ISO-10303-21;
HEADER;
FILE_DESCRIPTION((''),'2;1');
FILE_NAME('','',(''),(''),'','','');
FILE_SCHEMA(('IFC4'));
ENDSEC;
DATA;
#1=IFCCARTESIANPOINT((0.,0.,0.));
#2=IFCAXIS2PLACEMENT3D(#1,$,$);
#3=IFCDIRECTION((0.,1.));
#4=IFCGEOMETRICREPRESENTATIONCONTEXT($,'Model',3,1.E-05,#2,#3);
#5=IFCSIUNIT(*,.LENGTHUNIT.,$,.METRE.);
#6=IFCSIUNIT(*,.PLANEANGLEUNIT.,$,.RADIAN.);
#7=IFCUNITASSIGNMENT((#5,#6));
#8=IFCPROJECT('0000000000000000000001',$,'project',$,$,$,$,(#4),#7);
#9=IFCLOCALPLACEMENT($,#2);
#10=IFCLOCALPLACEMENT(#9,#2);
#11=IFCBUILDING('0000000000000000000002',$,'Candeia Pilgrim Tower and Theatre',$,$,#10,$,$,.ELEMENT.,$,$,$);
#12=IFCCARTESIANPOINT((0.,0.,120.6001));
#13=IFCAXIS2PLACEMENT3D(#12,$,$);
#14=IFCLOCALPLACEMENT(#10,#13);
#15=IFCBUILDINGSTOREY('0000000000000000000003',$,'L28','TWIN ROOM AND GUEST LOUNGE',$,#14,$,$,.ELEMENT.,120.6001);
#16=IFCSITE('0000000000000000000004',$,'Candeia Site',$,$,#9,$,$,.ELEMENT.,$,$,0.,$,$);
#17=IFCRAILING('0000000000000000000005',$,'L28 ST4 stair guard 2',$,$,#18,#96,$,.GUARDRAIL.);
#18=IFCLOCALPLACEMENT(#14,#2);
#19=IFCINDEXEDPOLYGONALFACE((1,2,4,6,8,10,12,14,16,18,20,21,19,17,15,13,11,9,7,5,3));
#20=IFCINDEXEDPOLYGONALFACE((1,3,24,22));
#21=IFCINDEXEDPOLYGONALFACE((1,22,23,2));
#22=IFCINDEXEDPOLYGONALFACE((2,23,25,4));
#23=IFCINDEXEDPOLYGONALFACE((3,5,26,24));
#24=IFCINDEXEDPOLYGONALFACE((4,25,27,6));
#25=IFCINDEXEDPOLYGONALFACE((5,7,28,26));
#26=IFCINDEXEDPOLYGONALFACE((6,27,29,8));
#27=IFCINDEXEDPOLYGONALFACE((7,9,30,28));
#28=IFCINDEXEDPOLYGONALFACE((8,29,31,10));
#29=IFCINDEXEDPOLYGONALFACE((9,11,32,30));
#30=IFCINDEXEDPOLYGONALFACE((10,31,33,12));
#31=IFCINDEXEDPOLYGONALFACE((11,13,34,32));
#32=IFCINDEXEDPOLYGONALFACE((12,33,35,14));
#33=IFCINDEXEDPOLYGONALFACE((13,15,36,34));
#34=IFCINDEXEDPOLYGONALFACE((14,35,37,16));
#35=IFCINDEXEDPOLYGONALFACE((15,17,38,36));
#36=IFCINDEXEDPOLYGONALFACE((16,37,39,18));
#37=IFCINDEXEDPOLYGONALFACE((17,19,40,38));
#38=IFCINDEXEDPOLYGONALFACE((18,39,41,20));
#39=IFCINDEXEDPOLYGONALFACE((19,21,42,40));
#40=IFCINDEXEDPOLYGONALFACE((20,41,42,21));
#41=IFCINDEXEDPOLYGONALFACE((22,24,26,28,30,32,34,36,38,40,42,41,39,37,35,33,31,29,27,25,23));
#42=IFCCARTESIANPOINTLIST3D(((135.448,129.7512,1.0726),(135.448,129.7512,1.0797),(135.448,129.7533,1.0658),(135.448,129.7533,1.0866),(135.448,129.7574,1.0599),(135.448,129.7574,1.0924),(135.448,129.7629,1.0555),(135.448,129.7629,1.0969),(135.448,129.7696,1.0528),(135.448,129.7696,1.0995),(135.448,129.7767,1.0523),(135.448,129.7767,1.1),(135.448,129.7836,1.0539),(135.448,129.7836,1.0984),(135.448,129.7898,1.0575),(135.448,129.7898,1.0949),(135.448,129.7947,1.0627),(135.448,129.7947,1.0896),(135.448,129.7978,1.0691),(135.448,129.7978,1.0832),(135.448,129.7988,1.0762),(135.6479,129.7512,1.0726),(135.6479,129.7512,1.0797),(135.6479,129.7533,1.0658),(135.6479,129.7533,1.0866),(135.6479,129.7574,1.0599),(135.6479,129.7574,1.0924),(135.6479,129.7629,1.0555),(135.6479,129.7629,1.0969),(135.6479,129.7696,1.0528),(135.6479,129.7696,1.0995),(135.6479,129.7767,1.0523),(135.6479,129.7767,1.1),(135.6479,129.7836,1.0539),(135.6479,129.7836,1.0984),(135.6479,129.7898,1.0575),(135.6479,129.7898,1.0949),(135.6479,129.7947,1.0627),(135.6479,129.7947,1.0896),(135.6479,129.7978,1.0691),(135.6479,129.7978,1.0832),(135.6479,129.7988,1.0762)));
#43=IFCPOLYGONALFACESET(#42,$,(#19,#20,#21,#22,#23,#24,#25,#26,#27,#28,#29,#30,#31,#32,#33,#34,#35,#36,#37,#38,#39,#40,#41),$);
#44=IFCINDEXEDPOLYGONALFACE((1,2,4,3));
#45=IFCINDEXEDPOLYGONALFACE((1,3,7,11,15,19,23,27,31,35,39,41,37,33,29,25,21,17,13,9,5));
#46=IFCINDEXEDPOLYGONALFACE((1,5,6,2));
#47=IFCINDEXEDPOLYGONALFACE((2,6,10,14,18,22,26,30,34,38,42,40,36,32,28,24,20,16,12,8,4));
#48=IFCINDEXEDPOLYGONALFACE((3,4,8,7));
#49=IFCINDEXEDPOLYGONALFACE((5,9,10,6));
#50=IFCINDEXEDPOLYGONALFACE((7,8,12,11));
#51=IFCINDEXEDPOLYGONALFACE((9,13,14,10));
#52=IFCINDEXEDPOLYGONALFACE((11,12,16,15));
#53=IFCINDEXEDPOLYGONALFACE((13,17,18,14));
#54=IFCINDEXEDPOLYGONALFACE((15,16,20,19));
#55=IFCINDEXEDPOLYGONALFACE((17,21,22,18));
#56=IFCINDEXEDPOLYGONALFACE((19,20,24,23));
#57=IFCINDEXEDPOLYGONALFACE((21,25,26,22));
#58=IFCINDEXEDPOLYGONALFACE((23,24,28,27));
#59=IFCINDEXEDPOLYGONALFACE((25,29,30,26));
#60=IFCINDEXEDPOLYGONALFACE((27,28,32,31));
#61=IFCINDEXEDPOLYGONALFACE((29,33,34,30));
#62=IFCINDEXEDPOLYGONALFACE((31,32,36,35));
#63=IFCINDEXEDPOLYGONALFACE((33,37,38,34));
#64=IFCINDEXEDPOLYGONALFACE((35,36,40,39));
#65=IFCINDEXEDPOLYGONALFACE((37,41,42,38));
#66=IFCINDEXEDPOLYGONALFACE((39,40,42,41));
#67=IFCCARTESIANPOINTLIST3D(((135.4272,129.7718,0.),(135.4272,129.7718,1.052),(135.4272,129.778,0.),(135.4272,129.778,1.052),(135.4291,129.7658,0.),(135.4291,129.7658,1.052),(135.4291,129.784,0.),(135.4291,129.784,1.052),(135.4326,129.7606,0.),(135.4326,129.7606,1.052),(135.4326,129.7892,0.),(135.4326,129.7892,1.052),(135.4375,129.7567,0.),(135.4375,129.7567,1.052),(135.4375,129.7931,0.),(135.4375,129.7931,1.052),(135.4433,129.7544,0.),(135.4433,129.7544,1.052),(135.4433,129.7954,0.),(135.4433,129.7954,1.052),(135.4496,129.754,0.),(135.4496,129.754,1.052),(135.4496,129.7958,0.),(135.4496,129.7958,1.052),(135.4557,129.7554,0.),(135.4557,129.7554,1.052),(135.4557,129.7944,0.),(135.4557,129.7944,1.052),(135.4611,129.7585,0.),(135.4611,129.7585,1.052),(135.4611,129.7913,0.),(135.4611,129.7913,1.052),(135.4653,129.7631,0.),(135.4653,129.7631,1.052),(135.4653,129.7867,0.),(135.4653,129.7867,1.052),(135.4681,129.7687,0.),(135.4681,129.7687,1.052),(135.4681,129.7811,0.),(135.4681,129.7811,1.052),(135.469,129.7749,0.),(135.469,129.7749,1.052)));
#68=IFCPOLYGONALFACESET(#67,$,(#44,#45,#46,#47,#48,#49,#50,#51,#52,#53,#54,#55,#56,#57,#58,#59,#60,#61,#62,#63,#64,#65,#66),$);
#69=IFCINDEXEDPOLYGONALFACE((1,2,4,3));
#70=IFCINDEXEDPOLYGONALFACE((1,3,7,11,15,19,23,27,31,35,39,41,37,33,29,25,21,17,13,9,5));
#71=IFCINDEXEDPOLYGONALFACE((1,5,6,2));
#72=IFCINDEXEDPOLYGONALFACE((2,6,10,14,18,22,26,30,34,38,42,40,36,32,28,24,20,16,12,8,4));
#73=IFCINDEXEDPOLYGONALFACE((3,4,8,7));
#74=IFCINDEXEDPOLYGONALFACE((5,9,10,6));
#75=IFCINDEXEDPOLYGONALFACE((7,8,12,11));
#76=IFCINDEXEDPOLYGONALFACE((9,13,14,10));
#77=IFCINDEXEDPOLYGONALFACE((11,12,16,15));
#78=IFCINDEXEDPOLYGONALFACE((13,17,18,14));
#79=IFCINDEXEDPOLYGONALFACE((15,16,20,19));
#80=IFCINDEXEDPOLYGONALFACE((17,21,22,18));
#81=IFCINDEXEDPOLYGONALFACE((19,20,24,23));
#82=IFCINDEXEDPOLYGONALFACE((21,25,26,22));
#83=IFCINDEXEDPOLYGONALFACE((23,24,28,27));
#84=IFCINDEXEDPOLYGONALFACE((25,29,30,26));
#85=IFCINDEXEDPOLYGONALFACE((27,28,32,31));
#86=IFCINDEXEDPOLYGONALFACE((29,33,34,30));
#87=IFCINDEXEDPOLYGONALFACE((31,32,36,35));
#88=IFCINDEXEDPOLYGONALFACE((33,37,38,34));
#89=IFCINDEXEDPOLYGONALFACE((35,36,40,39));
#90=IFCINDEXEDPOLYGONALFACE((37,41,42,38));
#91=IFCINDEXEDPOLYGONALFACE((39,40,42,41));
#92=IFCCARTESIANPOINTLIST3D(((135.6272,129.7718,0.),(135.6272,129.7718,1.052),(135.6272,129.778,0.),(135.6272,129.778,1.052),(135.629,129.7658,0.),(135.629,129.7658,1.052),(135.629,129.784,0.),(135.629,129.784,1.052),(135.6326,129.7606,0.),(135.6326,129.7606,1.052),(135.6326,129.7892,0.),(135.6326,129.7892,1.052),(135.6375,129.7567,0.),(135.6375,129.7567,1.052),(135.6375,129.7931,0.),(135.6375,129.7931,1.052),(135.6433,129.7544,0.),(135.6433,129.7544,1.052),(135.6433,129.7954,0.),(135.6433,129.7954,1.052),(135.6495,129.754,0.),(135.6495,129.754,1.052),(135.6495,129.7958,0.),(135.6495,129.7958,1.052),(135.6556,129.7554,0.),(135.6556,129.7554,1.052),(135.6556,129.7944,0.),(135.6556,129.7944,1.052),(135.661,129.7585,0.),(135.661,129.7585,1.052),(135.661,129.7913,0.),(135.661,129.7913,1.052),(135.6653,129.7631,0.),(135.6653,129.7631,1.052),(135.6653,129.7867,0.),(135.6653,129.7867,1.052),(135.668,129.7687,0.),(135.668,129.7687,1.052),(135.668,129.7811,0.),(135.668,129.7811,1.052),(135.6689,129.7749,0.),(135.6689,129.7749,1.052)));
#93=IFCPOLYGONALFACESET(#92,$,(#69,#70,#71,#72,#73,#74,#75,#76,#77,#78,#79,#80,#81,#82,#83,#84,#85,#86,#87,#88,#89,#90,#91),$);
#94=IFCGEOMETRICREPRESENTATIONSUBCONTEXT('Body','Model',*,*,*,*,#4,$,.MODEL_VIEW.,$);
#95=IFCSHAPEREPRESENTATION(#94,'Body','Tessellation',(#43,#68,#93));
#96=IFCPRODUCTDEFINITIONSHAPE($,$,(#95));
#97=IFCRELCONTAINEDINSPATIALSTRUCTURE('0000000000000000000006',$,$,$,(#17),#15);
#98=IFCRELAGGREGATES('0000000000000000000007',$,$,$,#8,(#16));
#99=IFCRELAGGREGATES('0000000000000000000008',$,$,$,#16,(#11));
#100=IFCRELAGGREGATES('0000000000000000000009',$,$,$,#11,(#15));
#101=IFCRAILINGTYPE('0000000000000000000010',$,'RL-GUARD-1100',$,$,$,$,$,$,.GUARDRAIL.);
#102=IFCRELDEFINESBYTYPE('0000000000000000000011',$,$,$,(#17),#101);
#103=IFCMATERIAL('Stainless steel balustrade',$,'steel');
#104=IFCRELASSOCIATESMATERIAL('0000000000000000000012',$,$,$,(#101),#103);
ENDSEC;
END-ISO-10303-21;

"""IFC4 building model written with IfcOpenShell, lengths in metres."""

from ifc_helpers import new_model, si_unit, direction, frame, origin, origin_2d, place, context, subcontext, project, spatial, circle, extrude, material, type_object, element, save


model = new_model("IFC4")

# Units and contexts
model_context = context("Model", 3, precision=1e-05, world=origin(), true_north=direction((0.0, 1.0)))
body_context = subcontext(model_context, "Body", "Model", "MODEL_VIEW")
ifc_project = project(units=[si_unit("LENGTHUNIT", "METRE"), si_unit("PLANEANGLEUNIT", "RADIAN")], contexts=[model_context])

# Site, building, storey
site_placement = place(None, origin())
site = spatial("IfcSite", under=ifc_project, at=site_placement, Name="Candeia Site", CompositionType="ELEMENT", RefElevation=0.0)
building_placement = place(site_placement, origin())
building = spatial("IfcBuilding", under=site, at=building_placement, Name="Candeia Pilgrim Tower and Theatre", CompositionType="ELEMENT")
storey_placement = place(building_placement, frame((0.0, 0.0, 120.6001)))
storey = spatial("IfcBuildingStorey", under=building, at=storey_placement, Name="L28", Description="TWIN ROOM AND GUEST LOUNGE", CompositionType="ELEMENT", Elevation=120.6001)

# Railing
ifc_material_1 = material(Name="Stainless steel balustrade", Category="steel")
railing_type_1 = type_object("IfcRailingType", Name="RL-GUARD-1100", PredefinedType="GUARDRAIL", material=ifc_material_1)
railing_1_placement = place(storey_placement, frame((135.448, 129.7749, 0.0)))
element("IfcRailing", 1, at=railing_1_placement, inside=storey, type_object=railing_type_1, Name="L28 ST4 stair guard 2", PredefinedType="GUARDRAIL", context=body_context, shape_type="SweptSolid", body=[
    extrude(circle(Radius=0.0239, at=origin_2d()), frame((0.0, 0.0, 1.0762), z_axis=(1.0, 0.0, 0.0), x_axis=(0.0, 1.0, 0.0)), (0.0, 0.0, 1.0), 0.2),
    extrude(circle(Radius=0.021, at=origin_2d()), origin(), (0.0, 0.0, 1.0), 1.052),
    extrude(circle(Radius=0.021, at=origin_2d()), frame((0.2, 0.0, 0.0)), (0.0, 0.0, 1.0), 1.052),
])

save(model, "model.ifc")
